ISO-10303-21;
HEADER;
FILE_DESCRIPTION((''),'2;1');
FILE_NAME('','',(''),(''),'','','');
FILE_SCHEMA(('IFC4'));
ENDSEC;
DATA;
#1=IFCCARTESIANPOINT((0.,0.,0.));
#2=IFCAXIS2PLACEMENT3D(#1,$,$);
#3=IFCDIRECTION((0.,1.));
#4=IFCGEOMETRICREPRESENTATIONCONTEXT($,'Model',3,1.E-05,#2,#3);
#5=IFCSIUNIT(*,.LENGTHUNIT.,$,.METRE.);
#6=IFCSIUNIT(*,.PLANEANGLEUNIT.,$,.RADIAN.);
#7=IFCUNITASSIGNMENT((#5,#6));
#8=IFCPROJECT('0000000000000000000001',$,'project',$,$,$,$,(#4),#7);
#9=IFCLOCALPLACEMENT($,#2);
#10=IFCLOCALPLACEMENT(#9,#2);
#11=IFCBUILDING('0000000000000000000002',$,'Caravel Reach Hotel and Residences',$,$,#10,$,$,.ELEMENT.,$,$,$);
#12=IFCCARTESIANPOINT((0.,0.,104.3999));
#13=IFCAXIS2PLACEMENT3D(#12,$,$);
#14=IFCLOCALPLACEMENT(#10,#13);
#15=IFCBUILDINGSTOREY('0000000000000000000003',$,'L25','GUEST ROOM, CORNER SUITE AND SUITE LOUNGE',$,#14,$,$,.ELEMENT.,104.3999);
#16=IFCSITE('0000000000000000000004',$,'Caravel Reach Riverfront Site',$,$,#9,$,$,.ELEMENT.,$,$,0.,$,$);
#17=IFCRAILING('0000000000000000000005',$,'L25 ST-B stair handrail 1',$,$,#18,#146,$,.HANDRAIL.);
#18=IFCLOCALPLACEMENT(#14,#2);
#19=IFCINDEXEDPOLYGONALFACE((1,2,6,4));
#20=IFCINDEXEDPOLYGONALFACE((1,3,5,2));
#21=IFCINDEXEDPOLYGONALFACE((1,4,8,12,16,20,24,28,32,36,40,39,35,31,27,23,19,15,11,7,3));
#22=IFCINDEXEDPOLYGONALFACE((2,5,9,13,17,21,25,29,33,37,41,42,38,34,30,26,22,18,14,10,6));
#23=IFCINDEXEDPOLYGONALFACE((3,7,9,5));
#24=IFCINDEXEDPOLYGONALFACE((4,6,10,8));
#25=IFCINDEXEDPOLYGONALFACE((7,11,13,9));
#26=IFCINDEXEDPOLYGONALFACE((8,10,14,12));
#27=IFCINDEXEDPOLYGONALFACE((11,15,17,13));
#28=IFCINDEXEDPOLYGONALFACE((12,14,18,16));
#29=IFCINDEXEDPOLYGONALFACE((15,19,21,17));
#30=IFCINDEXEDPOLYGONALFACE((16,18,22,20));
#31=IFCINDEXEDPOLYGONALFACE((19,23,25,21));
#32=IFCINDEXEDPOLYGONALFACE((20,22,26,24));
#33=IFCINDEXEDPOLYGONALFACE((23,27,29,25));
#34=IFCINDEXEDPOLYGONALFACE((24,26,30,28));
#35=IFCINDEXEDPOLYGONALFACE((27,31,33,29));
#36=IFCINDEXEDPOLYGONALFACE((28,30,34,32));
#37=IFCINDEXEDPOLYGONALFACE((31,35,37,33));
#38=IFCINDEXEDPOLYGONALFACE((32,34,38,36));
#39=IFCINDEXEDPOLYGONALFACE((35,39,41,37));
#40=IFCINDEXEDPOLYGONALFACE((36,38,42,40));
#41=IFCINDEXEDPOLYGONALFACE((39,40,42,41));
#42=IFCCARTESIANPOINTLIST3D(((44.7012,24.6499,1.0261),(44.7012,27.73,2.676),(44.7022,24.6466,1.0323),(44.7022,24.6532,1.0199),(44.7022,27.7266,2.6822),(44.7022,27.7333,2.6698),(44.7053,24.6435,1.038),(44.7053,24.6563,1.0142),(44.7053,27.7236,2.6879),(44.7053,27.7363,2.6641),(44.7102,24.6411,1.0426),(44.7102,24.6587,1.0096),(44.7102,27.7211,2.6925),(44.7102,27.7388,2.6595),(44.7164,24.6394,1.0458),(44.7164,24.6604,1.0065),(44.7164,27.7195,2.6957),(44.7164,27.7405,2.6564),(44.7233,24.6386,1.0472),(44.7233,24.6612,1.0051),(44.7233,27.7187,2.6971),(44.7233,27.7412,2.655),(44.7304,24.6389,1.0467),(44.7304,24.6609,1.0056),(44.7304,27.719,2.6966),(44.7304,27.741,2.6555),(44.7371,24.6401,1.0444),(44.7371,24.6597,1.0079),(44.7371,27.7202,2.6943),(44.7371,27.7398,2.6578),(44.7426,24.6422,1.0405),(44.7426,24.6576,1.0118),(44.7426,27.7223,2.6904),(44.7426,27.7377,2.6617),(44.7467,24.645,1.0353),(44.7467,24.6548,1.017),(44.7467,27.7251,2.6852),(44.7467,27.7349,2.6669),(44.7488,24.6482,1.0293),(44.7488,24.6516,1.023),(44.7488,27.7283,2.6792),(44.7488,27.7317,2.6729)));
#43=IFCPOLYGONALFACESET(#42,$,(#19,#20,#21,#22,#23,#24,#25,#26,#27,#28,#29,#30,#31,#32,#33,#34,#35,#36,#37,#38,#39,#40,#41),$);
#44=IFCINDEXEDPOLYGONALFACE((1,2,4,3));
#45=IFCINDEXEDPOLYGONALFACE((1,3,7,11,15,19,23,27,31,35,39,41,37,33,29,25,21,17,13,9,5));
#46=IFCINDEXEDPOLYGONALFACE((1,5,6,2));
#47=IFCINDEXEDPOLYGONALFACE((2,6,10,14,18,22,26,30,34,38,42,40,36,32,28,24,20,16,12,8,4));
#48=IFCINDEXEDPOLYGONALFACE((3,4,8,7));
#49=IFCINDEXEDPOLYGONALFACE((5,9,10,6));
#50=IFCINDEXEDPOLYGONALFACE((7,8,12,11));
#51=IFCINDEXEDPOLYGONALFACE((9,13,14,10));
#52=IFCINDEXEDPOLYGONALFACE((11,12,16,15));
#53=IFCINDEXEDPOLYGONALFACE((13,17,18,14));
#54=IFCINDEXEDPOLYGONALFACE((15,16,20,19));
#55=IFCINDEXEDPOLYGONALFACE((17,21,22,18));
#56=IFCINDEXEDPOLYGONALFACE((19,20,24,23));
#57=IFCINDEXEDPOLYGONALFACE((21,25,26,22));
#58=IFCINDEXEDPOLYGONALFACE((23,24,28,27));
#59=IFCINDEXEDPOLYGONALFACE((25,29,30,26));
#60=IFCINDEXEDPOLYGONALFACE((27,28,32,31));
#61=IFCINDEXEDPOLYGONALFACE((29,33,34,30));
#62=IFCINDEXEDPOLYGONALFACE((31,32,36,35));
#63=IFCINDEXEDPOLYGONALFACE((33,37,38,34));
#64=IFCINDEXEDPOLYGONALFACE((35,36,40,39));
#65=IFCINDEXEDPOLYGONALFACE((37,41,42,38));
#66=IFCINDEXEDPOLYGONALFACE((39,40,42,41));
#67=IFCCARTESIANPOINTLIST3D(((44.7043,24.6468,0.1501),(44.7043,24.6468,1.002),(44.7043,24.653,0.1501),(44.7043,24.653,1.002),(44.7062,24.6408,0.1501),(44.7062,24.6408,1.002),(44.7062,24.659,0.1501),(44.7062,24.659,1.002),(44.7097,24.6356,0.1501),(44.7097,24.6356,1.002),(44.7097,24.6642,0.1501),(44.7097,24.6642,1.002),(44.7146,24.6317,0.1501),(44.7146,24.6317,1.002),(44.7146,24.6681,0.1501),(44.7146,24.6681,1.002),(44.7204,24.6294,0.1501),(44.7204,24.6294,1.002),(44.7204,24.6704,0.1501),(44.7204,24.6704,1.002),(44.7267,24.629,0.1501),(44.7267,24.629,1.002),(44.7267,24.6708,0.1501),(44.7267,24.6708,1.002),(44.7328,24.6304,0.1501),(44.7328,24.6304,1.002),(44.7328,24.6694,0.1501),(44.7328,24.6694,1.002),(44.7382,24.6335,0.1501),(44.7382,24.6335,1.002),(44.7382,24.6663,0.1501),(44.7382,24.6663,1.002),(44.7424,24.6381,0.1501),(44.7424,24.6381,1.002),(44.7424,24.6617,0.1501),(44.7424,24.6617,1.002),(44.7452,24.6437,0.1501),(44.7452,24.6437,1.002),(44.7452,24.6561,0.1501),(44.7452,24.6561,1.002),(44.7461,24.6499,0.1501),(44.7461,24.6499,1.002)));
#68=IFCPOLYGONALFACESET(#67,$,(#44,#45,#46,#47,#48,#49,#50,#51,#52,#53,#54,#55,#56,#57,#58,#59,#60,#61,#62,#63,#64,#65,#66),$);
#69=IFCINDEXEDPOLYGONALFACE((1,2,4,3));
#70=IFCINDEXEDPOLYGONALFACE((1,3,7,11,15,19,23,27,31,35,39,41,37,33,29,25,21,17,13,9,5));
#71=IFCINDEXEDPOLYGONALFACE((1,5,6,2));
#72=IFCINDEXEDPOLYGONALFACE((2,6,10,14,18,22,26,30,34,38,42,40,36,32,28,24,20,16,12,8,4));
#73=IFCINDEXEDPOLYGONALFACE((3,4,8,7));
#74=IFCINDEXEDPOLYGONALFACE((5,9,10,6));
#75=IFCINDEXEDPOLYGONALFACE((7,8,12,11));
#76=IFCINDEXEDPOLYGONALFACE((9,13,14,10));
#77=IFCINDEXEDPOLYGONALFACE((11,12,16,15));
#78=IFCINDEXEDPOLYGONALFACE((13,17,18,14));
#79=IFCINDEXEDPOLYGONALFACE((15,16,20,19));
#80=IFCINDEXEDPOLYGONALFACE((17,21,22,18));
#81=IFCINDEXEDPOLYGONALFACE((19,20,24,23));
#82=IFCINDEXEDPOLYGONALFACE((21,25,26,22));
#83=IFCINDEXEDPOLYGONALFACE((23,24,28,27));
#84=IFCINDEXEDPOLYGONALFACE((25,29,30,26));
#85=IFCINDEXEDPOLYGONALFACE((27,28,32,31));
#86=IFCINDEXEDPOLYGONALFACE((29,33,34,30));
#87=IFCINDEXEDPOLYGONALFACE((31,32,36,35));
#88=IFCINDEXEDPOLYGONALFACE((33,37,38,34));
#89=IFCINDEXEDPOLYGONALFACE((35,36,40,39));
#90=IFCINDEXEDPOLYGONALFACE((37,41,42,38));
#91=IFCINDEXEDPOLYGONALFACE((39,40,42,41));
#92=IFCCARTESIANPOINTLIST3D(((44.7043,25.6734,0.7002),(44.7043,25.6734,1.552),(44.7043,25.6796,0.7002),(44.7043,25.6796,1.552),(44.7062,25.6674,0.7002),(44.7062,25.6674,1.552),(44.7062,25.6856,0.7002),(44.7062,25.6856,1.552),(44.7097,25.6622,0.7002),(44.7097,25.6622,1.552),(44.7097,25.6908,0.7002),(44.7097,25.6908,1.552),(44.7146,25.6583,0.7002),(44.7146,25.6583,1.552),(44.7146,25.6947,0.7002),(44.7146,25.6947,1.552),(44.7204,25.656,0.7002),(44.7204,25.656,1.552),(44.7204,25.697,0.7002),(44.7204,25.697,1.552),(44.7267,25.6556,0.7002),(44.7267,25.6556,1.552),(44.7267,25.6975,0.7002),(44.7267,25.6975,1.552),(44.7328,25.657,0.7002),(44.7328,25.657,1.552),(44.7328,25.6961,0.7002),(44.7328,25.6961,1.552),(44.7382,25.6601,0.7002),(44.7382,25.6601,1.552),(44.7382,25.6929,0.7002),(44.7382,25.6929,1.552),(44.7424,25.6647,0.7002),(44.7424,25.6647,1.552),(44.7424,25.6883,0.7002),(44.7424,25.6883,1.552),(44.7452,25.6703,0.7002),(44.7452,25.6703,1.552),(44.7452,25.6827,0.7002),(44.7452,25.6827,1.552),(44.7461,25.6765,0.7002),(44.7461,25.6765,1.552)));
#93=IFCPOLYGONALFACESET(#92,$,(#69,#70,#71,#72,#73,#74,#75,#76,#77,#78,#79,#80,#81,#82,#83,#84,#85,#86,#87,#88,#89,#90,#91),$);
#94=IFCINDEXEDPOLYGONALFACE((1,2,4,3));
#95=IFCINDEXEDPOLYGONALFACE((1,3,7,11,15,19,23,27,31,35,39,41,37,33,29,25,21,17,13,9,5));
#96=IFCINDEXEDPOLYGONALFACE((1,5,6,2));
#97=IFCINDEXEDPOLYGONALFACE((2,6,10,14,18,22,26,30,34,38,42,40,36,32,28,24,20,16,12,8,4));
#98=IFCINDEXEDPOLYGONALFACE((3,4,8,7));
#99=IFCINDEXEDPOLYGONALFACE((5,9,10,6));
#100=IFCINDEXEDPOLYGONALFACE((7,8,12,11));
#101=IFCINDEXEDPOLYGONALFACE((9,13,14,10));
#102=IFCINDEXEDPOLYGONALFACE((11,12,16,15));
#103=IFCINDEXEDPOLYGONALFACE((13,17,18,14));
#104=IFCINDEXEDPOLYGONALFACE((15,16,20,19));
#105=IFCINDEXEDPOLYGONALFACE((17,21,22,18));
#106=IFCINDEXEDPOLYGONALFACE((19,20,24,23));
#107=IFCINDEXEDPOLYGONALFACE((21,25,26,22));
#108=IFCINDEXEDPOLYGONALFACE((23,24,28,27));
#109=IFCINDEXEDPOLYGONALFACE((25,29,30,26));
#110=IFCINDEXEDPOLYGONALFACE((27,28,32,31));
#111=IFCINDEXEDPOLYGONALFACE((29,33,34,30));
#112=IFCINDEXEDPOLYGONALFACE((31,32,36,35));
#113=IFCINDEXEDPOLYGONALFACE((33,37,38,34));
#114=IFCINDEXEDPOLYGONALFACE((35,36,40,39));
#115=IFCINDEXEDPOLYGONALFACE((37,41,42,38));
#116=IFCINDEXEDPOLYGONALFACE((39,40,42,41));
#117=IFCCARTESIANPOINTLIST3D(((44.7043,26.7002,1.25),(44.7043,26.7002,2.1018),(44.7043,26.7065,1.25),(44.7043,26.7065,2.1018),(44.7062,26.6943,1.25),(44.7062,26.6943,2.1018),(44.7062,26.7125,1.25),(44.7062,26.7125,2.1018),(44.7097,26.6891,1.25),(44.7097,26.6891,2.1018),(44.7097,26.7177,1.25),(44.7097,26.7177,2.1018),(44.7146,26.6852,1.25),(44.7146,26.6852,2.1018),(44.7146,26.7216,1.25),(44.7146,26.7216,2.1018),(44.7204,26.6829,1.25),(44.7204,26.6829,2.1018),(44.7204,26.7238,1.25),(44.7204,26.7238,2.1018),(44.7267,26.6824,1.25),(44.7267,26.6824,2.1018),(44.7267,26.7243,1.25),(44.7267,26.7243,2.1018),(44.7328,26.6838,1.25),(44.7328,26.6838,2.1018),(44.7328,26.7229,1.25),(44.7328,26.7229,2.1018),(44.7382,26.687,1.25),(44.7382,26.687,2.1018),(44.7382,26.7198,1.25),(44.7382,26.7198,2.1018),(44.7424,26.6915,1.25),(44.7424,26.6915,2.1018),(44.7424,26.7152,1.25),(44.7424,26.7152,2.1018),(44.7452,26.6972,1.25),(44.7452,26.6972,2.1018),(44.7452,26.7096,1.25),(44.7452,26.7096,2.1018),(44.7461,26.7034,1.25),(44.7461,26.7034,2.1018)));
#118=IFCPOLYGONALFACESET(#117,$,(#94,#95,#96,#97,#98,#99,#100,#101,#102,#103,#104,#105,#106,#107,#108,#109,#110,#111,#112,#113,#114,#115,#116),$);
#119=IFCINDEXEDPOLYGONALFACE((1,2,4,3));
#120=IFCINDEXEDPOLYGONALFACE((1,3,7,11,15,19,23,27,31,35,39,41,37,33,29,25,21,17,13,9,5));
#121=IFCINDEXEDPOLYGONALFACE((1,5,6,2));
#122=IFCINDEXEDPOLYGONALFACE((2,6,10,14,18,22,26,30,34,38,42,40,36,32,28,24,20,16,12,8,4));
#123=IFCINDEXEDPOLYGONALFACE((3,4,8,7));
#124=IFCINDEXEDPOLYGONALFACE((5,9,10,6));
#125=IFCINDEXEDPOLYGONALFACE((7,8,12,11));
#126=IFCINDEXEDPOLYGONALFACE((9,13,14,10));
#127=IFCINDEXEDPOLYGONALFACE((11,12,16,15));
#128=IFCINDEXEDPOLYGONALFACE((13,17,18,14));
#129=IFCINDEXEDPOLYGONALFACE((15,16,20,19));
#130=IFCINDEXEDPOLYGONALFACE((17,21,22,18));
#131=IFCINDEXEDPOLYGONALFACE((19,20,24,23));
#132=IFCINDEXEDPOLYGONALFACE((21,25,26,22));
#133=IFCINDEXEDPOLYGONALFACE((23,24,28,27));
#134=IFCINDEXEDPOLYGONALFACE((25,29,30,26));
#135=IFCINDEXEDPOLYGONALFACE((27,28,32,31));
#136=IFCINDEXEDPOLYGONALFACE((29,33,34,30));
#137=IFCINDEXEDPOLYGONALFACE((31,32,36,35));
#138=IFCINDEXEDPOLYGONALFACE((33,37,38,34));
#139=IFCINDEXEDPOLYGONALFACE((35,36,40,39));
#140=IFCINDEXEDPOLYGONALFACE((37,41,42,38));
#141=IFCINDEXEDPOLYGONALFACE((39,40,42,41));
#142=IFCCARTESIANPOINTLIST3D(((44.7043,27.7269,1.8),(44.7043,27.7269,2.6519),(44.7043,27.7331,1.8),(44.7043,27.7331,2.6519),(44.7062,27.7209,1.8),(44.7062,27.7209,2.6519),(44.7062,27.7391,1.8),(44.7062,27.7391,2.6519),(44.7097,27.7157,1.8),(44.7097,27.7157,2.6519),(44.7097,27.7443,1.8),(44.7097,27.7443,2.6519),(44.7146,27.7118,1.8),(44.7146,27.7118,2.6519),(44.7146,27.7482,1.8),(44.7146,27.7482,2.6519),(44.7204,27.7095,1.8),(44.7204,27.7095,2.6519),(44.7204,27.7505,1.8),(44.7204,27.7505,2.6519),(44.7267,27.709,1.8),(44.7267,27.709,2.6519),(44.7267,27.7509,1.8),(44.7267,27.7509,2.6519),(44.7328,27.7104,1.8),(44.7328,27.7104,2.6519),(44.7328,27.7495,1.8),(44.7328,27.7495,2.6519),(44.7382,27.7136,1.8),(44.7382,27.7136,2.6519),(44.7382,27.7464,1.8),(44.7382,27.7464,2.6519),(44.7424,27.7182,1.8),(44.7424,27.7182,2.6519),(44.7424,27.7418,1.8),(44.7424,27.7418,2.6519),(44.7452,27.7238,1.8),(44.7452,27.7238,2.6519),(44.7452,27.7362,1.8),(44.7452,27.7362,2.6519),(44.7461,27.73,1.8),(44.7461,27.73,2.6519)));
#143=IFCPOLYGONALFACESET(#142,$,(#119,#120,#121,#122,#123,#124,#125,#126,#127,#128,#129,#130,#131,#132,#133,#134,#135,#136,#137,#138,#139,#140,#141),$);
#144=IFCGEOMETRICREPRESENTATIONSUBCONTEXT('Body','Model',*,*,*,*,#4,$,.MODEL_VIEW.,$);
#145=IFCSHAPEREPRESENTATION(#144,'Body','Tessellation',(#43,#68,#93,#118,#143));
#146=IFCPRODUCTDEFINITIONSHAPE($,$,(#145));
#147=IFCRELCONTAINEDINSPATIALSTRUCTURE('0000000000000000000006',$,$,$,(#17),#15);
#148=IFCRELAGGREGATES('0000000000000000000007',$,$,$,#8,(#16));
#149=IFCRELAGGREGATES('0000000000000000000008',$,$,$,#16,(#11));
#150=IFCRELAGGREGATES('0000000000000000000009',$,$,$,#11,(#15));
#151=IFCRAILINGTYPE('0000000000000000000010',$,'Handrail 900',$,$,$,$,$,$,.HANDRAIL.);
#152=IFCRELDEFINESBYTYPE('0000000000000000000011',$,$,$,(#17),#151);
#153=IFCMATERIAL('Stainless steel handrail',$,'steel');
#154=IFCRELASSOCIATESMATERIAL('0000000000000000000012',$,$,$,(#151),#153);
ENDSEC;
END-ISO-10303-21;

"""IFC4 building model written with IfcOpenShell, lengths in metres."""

from ifc_helpers import new_model, si_unit, direction, frame, origin, origin_2d, place, context, subcontext, project, spatial, circle, extrude, material, type_object, element, save


model = new_model("IFC4")

# Units and contexts
model_context = context("Model", 3, precision=1e-05, world=origin(), true_north=direction((0.0, 1.0)))
body_context = subcontext(model_context, "Body", "Model", "MODEL_VIEW")
ifc_project = project(units=[si_unit("LENGTHUNIT", "METRE"), si_unit("PLANEANGLEUNIT", "RADIAN")], contexts=[model_context])

# Site, building, storey
site_placement = place(None, origin())
site = spatial("IfcSite", under=ifc_project, at=site_placement, Name="Caravel Reach Riverfront Site", CompositionType="ELEMENT", RefElevation=0.0)
building_placement = place(site_placement, origin())
building = spatial("IfcBuilding", under=site, at=building_placement, Name="Caravel Reach Hotel and Residences", CompositionType="ELEMENT")
storey_placement = place(building_placement, frame((0.0, 0.0, 104.3999)))
storey = spatial("IfcBuildingStorey", under=building, at=storey_placement, Name="L25", Description="GUEST ROOM, CORNER SUITE AND SUITE LOUNGE", CompositionType="ELEMENT", Elevation=104.3999)

# Railing
ifc_material_1 = material(Name="Stainless steel handrail", Category="steel")
railing_type_1 = type_object("IfcRailingType", Name="Handrail 900", PredefinedType="HANDRAIL", material=ifc_material_1)
railing_1_placement = place(storey_placement, frame((44.7251, 24.6499, 0.1501)))
element("IfcRailing", 1, at=railing_1_placement, inside=storey, type_object=railing_type_1, Name="L25 ST-B stair handrail 1", PredefinedType="HANDRAIL", context=body_context, shape_type="SweptSolid", body=[
    extrude(circle(Radius=0.0239, at=origin_2d()), frame((0.0, 0.0, 0.876), z_axis=(0.0, 0.881497, 0.47219), x_axis=(-1.0, 0.0, 0.0)), (0.0, 0.0, 1.0), 3.4941),
    extrude(circle(Radius=0.021, at=origin_2d()), origin(), (0.0, 0.0, 1.0), 0.8518),
    extrude(circle(Radius=0.021, at=origin_2d()), frame((0.0, 1.0266, 0.55)), (0.0, 0.0, 1.0), 0.8518),
    extrude(circle(Radius=0.021, at=origin_2d()), frame((0.0, 2.0535, 1.0999)), (0.0, 0.0, 1.0), 0.8518),
    extrude(circle(Radius=0.021, at=origin_2d()), frame((0.0, 3.0801, 1.6499)), (0.0, 0.0, 1.0), 0.8518),
])

save(model, "model.ifc")
